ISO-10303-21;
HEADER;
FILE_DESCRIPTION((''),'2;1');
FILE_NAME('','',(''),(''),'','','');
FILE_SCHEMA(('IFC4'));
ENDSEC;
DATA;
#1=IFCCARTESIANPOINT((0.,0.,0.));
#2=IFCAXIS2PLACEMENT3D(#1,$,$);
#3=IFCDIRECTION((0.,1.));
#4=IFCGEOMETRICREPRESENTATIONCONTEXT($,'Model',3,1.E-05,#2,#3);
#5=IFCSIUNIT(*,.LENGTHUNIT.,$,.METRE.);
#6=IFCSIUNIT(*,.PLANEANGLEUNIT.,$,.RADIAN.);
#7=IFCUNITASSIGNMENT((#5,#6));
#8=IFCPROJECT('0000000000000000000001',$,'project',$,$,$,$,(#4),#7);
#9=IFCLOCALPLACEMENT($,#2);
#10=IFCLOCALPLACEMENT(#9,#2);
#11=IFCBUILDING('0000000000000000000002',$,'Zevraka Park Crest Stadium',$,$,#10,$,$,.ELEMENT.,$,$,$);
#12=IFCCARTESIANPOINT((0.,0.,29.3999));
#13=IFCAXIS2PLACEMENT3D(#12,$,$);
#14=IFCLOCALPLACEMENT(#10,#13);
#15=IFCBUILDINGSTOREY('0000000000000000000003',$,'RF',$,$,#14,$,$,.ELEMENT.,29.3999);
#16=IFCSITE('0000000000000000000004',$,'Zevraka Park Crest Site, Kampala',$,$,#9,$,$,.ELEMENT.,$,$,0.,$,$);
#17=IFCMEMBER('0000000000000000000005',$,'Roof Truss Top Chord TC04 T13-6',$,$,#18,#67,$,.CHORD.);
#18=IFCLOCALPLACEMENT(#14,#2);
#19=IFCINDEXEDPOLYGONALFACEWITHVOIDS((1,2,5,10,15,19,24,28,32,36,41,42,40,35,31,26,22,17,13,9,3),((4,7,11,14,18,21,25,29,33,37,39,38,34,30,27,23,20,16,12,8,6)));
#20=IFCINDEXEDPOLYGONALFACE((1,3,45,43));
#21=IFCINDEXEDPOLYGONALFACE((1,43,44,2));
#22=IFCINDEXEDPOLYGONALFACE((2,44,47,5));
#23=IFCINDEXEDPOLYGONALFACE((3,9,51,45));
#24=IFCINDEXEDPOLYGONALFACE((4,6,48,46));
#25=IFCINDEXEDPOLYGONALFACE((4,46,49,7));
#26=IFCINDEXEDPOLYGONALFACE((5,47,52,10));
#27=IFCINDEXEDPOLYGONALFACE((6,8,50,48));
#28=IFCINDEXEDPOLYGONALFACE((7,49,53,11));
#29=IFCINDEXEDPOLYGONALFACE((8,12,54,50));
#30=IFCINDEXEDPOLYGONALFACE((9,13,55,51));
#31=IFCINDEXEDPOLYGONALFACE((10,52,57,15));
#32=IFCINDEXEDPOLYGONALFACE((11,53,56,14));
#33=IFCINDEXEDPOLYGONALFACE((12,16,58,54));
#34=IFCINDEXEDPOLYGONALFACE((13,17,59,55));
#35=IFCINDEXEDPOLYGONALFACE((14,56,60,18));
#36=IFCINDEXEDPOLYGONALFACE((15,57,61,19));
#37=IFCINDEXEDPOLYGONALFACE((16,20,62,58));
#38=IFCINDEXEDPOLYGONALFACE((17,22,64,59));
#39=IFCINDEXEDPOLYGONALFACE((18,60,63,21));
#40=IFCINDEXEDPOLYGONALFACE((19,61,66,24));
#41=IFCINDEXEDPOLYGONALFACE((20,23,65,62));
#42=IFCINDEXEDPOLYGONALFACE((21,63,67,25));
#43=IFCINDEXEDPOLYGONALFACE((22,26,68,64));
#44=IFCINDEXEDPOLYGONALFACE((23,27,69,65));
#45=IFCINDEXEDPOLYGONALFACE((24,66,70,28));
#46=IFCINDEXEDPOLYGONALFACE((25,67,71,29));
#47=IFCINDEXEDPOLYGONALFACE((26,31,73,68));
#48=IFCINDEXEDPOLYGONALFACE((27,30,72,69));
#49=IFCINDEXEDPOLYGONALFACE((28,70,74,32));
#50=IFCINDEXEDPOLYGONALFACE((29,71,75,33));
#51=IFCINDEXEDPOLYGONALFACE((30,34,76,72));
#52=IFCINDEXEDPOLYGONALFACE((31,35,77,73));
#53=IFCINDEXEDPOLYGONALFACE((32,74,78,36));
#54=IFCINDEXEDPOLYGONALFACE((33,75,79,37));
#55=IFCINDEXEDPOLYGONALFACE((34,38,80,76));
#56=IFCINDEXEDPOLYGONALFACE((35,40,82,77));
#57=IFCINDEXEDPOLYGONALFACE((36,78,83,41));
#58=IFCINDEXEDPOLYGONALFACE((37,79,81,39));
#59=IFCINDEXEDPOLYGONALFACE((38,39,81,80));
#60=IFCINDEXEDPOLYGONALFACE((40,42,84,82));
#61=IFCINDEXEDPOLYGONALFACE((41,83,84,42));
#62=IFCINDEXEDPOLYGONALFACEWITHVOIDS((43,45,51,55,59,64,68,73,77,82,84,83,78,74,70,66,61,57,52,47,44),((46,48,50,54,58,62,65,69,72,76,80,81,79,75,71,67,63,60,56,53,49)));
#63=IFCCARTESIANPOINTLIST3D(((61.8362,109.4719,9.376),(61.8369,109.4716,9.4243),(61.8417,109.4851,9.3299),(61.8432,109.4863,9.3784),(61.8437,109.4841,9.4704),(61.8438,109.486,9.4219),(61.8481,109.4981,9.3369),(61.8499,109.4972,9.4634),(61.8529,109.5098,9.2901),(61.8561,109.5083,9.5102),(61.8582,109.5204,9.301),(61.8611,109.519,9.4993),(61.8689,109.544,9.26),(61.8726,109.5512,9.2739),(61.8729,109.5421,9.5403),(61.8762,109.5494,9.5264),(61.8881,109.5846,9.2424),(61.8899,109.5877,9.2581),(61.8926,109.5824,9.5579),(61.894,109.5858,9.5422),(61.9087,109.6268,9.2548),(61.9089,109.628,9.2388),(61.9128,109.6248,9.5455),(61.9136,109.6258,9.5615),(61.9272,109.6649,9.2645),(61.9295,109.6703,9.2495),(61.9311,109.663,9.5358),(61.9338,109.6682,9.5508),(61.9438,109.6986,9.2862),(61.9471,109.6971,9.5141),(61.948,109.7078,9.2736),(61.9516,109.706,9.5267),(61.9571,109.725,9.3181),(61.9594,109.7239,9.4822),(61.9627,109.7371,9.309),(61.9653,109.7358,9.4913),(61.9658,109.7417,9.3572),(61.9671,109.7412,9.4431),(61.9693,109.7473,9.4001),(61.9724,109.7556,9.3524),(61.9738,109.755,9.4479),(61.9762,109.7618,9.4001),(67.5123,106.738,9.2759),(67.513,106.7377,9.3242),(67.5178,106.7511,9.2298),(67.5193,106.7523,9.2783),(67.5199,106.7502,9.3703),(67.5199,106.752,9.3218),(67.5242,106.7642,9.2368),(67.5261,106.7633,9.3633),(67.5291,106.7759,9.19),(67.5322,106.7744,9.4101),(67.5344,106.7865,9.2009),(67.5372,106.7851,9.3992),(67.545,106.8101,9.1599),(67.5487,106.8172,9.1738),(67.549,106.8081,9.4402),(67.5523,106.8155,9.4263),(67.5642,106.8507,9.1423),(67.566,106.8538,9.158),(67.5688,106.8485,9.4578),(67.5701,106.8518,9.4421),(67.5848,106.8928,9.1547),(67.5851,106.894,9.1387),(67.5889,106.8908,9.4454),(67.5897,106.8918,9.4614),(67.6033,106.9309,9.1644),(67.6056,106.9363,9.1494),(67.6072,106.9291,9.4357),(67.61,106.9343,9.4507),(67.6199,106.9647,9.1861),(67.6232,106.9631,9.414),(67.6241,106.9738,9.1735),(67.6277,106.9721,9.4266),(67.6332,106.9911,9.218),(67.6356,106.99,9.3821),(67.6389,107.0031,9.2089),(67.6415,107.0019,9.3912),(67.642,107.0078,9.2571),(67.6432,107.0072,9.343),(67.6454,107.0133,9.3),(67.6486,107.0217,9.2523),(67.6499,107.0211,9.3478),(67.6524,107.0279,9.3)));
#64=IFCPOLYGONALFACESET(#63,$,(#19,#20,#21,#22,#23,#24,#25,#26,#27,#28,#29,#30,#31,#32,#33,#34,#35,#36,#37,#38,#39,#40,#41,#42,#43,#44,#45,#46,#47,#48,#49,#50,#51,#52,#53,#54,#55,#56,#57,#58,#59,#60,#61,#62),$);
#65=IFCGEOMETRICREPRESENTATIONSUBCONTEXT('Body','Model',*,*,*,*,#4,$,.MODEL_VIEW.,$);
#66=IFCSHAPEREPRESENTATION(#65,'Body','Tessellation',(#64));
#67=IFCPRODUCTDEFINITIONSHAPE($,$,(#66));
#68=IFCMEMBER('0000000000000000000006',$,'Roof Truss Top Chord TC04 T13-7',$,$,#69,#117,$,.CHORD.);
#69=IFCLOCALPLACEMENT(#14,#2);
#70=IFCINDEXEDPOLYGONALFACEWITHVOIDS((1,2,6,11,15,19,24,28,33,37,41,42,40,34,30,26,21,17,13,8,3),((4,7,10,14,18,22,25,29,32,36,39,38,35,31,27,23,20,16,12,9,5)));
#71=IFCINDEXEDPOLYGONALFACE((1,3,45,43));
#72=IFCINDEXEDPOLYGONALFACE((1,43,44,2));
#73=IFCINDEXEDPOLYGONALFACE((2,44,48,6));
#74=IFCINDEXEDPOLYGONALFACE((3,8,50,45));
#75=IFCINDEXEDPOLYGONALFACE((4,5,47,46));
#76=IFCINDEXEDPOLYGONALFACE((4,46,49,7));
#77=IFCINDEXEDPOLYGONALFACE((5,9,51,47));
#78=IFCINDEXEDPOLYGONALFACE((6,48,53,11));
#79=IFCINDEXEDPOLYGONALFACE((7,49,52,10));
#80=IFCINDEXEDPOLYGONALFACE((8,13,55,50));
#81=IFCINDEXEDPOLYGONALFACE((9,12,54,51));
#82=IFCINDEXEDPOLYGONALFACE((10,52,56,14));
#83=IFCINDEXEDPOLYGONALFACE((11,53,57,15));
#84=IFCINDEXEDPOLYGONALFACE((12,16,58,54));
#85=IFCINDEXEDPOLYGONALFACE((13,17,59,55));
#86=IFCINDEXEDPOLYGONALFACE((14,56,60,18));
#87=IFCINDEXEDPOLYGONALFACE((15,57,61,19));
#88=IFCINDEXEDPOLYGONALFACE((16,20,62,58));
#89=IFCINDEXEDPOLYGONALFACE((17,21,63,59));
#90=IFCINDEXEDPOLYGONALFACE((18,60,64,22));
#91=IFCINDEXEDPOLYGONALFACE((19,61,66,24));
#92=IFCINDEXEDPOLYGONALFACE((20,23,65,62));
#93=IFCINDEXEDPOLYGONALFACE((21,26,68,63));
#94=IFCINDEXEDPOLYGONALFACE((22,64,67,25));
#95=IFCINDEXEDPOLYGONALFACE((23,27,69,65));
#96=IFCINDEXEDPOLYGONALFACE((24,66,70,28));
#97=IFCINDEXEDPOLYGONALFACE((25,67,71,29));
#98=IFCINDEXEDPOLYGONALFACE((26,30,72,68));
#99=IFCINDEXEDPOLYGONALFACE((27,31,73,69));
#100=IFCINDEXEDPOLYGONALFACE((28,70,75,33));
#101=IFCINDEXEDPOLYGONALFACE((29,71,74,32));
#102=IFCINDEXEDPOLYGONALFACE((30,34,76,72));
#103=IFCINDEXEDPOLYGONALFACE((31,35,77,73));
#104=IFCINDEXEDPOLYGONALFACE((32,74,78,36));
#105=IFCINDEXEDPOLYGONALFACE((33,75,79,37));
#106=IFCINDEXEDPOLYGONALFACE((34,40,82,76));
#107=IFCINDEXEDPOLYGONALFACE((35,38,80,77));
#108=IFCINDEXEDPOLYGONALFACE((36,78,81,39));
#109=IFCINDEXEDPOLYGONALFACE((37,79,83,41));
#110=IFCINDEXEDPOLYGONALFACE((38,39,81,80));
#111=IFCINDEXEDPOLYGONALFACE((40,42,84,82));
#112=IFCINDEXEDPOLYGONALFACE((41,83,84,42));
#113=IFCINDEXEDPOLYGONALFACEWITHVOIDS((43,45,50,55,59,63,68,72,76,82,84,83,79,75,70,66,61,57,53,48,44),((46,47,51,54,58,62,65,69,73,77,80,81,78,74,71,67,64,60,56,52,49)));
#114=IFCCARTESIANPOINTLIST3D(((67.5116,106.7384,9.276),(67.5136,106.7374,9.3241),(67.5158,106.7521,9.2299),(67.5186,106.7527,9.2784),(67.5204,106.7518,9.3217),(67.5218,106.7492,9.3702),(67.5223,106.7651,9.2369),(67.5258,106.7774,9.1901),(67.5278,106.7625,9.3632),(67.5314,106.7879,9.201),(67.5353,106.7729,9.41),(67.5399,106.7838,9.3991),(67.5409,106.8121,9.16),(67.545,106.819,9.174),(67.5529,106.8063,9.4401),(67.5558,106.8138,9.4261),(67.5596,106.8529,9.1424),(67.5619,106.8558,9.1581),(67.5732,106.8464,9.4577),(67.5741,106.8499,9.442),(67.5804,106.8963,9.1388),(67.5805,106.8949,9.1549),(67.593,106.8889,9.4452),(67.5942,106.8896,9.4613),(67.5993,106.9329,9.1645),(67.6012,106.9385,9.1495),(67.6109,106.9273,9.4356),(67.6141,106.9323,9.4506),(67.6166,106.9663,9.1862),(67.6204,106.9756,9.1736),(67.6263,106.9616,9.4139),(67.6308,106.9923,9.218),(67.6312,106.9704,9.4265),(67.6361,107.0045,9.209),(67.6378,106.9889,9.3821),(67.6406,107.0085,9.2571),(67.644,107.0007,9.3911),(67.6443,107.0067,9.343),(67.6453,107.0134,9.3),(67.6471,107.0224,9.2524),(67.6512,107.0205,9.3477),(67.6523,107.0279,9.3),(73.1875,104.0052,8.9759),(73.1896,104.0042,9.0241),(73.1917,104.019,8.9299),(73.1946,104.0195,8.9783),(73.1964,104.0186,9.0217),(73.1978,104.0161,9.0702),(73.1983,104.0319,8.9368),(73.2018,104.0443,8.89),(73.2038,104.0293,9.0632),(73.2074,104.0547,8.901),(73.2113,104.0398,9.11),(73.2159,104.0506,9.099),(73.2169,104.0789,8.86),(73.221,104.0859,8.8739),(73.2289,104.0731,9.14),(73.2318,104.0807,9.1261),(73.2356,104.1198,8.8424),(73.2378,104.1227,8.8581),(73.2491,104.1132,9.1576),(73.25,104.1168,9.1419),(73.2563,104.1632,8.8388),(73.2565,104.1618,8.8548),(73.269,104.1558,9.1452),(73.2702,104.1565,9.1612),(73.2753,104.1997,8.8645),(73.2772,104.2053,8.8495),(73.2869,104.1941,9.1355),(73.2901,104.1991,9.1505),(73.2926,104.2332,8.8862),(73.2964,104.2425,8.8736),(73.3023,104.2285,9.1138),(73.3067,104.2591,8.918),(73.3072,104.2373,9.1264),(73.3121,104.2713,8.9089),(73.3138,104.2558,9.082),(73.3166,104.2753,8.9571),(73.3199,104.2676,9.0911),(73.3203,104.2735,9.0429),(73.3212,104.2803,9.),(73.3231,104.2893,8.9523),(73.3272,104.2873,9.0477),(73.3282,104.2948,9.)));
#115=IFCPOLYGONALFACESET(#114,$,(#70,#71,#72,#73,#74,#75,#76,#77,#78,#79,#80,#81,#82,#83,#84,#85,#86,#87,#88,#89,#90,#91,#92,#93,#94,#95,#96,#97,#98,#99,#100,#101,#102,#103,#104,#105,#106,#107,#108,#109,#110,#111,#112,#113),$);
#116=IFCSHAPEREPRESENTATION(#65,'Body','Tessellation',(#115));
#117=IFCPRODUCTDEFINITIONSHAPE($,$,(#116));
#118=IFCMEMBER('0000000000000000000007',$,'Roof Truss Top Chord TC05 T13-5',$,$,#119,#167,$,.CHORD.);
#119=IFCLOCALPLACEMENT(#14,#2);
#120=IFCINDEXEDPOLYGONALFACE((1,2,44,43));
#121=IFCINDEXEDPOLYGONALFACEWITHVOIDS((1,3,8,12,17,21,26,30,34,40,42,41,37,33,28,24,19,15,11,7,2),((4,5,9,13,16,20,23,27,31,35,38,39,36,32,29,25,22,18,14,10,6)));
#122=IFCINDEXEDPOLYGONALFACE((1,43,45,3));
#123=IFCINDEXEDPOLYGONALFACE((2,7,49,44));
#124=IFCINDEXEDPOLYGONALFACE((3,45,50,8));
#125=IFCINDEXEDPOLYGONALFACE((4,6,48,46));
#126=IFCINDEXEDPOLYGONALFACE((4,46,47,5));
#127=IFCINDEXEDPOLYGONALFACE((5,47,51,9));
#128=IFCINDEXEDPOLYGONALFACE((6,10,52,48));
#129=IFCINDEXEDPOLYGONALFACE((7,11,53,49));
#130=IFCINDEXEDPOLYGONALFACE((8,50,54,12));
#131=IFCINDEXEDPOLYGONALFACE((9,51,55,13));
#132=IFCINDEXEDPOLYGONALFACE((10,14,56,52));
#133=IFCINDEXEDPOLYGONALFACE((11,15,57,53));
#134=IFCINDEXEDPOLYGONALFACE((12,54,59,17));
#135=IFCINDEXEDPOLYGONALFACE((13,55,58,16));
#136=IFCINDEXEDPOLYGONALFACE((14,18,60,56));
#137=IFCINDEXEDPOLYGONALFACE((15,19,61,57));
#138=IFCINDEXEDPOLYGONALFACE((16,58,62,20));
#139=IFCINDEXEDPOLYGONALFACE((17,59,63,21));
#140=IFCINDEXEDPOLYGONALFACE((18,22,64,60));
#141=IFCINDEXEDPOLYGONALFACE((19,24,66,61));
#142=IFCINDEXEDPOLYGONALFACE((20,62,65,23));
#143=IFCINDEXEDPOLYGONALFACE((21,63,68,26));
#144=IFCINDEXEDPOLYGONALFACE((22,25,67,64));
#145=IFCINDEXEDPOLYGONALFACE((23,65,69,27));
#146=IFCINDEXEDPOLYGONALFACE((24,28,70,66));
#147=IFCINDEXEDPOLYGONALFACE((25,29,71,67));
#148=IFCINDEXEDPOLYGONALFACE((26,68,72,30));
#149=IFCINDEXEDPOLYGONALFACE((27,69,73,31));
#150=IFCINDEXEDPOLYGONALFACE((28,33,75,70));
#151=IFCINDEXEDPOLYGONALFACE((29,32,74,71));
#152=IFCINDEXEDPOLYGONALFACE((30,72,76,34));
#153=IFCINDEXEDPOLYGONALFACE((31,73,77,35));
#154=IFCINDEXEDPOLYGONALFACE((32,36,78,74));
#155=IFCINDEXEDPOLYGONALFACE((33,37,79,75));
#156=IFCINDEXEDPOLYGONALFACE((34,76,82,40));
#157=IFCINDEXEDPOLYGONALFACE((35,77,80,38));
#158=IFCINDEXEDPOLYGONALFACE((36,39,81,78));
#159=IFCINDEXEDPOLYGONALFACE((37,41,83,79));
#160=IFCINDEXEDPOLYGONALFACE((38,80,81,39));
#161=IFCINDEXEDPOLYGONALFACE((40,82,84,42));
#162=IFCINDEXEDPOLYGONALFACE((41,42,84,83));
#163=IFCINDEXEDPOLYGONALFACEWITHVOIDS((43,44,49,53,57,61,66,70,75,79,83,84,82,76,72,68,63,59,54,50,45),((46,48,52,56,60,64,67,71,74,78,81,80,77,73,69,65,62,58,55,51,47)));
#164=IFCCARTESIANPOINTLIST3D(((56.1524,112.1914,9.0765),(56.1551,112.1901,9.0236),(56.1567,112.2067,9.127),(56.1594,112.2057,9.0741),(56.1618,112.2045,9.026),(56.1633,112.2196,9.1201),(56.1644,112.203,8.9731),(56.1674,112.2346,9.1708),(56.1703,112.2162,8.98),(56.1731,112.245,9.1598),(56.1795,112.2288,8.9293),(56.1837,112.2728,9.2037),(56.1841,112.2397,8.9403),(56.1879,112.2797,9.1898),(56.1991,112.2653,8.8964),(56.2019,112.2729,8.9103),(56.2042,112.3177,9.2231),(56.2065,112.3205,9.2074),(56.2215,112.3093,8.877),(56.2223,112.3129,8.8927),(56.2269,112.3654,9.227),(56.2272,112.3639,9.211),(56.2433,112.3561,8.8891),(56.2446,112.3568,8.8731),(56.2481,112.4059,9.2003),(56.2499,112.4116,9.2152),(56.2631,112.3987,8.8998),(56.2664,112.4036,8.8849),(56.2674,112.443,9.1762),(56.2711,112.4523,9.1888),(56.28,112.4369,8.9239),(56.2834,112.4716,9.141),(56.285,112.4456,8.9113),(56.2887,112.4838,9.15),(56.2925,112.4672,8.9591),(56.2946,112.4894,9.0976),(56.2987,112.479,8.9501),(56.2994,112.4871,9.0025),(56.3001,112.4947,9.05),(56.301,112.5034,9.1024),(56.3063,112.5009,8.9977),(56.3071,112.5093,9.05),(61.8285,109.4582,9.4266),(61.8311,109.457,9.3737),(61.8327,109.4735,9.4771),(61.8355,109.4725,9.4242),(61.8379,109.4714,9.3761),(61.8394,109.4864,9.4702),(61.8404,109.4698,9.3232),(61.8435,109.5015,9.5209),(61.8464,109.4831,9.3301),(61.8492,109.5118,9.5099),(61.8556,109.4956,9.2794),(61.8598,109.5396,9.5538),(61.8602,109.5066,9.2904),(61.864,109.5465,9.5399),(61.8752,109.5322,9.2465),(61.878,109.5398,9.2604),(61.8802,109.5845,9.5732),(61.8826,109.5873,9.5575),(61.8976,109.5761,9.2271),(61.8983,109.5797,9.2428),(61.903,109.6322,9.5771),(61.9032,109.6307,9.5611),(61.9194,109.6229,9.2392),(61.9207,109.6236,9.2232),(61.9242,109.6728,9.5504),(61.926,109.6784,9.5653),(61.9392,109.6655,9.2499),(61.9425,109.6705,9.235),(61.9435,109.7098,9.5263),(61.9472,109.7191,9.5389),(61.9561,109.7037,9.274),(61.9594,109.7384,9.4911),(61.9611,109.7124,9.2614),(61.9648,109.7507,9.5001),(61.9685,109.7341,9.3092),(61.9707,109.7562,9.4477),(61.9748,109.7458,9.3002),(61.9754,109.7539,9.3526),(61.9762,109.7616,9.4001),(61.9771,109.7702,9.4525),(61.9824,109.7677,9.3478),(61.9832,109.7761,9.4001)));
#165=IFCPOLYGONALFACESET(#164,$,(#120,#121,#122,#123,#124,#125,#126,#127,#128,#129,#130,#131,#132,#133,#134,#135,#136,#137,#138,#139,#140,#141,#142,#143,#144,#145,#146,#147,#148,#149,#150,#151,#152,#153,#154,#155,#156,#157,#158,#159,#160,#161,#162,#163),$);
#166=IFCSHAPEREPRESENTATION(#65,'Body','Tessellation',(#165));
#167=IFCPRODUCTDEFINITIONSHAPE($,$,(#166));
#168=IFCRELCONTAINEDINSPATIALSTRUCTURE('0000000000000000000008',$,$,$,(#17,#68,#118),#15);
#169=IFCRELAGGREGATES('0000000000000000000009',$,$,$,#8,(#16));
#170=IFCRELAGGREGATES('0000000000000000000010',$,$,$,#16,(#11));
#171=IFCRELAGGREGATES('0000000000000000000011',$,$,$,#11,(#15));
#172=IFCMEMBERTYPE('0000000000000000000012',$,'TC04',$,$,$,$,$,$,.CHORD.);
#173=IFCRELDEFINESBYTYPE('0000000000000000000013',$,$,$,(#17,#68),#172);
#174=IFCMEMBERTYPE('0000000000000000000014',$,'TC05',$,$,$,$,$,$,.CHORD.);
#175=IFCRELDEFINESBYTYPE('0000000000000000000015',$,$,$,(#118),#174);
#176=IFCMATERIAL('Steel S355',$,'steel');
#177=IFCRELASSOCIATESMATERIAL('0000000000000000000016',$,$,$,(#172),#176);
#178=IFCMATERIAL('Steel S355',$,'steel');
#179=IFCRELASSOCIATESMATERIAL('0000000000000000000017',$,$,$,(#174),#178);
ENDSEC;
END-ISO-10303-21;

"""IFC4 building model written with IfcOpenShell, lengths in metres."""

from ifc_helpers import new_model, si_unit, direction, frame, origin, origin_2d, place, context, subcontext, project, spatial, hollow_circle, extrude, material, material_profile, profile_set, type_object, element, save


model = new_model("IFC4")

# Units and contexts
model_context = context("Model", 3, precision=1e-05, world=origin(), true_north=direction((0.0, 1.0)))
body_context = subcontext(model_context, "Body", "Model", "MODEL_VIEW")
ifc_project = project(units=[si_unit("LENGTHUNIT", "METRE"), si_unit("PLANEANGLEUNIT", "RADIAN")], contexts=[model_context])

# Site, building, storey
site_placement = place(None, origin())
site = spatial("IfcSite", under=ifc_project, at=site_placement, Name="Zevraka Park Crest Site, Kampala", CompositionType="ELEMENT", RefElevation=0.0)
building_placement = place(site_placement, origin())
building = spatial("IfcBuilding", under=site, at=building_placement, Name="Zevraka Park Crest Stadium", CompositionType="ELEMENT")
storey_placement = place(building_placement, frame((0.0, 0.0, 29.3999)))
storey = spatial("IfcBuildingStorey", under=building, at=storey_placement, Name="RF", CompositionType="ELEMENT", Elevation=29.3999)

# Members
ifc_material_1 = material(Name="Steel S355", Category="steel")
ifc_material_profile_1 = material_profile(ifc_material_1, hollow_circle(Radius=0.1619, WallThickness=0.0161, at=origin_2d()), Name="CHS 323.9x16")
ifc_profile_set_1 = profile_set([ifc_material_profile_1], Name="Steel S355")
member_type_1 = type_object("IfcMemberType", Name="TC04", PredefinedType="CHORD", material=ifc_profile_set_1)
member_1_placement = place(storey_placement, frame((61.906, 109.616, 9.4001), z_axis=(0.900827, -0.433888, -0.015886), x_axis=(0.433943, 0.900941, 0.0)))
element("IfcMember", 1, at=member_1_placement, inside=storey, type_object=member_type_1, Name="Roof Truss Top Chord TC04 T13-6", PredefinedType="CHORD", context=body_context, shape_type="SweptSolid", body=[
    extrude(hollow_circle(Radius=0.1619, WallThickness=0.0161, at=origin_2d()), origin(), (0.0, 0.0, 1.0), 6.301),
])
member_2_placement = place(storey_placement, frame((67.582, 106.8821, 9.3), z_axis=(0.899966, -0.433357, -0.047574), x_axis=(0.433848, 0.900986, 0.0)))
element("IfcMember", 2, at=member_2_placement, inside=storey, type_object=member_type_1, Name="Roof Truss Top Chord TC04 T13-7", PredefinedType="CHORD", context=body_context, shape_type="SweptSolid", body=[
    extrude(hollow_circle(Radius=0.1619, WallThickness=0.0161, at=origin_2d()), origin(), (0.0, 0.0, 1.0), 6.3069),
])
ifc_material_2 = material(Name="Steel S355", Category="steel")
ifc_material_profile_2 = material_profile(ifc_material_2, hollow_circle(Radius=0.1777, WallThickness=0.0161, at=origin_2d()), Name="CHS 355.6x16")
ifc_profile_set_2 = profile_set([ifc_material_profile_2], Name="Steel S355")
member_type_2 = type_object("IfcMemberType", Name="TC05", PredefinedType="CHORD", material=ifc_profile_set_2)
member_3_placement = place(storey_placement, frame((56.23, 112.3491, 9.05), z_axis=(0.899598, -0.43318, 0.055487), x_axis=(0.433848, 0.900986, 0.0)))
element("IfcMember", 3, at=member_3_placement, inside=storey, type_object=member_type_2, Name="Roof Truss Top Chord TC05 T13-5", PredefinedType="CHORD", context=body_context, shape_type="SweptSolid", body=[
    extrude(hollow_circle(Radius=0.1777, WallThickness=0.0161, at=origin_2d()), origin(), (0.0, 0.0, 1.0), 6.3096),
])

save(model, "model.ifc")
